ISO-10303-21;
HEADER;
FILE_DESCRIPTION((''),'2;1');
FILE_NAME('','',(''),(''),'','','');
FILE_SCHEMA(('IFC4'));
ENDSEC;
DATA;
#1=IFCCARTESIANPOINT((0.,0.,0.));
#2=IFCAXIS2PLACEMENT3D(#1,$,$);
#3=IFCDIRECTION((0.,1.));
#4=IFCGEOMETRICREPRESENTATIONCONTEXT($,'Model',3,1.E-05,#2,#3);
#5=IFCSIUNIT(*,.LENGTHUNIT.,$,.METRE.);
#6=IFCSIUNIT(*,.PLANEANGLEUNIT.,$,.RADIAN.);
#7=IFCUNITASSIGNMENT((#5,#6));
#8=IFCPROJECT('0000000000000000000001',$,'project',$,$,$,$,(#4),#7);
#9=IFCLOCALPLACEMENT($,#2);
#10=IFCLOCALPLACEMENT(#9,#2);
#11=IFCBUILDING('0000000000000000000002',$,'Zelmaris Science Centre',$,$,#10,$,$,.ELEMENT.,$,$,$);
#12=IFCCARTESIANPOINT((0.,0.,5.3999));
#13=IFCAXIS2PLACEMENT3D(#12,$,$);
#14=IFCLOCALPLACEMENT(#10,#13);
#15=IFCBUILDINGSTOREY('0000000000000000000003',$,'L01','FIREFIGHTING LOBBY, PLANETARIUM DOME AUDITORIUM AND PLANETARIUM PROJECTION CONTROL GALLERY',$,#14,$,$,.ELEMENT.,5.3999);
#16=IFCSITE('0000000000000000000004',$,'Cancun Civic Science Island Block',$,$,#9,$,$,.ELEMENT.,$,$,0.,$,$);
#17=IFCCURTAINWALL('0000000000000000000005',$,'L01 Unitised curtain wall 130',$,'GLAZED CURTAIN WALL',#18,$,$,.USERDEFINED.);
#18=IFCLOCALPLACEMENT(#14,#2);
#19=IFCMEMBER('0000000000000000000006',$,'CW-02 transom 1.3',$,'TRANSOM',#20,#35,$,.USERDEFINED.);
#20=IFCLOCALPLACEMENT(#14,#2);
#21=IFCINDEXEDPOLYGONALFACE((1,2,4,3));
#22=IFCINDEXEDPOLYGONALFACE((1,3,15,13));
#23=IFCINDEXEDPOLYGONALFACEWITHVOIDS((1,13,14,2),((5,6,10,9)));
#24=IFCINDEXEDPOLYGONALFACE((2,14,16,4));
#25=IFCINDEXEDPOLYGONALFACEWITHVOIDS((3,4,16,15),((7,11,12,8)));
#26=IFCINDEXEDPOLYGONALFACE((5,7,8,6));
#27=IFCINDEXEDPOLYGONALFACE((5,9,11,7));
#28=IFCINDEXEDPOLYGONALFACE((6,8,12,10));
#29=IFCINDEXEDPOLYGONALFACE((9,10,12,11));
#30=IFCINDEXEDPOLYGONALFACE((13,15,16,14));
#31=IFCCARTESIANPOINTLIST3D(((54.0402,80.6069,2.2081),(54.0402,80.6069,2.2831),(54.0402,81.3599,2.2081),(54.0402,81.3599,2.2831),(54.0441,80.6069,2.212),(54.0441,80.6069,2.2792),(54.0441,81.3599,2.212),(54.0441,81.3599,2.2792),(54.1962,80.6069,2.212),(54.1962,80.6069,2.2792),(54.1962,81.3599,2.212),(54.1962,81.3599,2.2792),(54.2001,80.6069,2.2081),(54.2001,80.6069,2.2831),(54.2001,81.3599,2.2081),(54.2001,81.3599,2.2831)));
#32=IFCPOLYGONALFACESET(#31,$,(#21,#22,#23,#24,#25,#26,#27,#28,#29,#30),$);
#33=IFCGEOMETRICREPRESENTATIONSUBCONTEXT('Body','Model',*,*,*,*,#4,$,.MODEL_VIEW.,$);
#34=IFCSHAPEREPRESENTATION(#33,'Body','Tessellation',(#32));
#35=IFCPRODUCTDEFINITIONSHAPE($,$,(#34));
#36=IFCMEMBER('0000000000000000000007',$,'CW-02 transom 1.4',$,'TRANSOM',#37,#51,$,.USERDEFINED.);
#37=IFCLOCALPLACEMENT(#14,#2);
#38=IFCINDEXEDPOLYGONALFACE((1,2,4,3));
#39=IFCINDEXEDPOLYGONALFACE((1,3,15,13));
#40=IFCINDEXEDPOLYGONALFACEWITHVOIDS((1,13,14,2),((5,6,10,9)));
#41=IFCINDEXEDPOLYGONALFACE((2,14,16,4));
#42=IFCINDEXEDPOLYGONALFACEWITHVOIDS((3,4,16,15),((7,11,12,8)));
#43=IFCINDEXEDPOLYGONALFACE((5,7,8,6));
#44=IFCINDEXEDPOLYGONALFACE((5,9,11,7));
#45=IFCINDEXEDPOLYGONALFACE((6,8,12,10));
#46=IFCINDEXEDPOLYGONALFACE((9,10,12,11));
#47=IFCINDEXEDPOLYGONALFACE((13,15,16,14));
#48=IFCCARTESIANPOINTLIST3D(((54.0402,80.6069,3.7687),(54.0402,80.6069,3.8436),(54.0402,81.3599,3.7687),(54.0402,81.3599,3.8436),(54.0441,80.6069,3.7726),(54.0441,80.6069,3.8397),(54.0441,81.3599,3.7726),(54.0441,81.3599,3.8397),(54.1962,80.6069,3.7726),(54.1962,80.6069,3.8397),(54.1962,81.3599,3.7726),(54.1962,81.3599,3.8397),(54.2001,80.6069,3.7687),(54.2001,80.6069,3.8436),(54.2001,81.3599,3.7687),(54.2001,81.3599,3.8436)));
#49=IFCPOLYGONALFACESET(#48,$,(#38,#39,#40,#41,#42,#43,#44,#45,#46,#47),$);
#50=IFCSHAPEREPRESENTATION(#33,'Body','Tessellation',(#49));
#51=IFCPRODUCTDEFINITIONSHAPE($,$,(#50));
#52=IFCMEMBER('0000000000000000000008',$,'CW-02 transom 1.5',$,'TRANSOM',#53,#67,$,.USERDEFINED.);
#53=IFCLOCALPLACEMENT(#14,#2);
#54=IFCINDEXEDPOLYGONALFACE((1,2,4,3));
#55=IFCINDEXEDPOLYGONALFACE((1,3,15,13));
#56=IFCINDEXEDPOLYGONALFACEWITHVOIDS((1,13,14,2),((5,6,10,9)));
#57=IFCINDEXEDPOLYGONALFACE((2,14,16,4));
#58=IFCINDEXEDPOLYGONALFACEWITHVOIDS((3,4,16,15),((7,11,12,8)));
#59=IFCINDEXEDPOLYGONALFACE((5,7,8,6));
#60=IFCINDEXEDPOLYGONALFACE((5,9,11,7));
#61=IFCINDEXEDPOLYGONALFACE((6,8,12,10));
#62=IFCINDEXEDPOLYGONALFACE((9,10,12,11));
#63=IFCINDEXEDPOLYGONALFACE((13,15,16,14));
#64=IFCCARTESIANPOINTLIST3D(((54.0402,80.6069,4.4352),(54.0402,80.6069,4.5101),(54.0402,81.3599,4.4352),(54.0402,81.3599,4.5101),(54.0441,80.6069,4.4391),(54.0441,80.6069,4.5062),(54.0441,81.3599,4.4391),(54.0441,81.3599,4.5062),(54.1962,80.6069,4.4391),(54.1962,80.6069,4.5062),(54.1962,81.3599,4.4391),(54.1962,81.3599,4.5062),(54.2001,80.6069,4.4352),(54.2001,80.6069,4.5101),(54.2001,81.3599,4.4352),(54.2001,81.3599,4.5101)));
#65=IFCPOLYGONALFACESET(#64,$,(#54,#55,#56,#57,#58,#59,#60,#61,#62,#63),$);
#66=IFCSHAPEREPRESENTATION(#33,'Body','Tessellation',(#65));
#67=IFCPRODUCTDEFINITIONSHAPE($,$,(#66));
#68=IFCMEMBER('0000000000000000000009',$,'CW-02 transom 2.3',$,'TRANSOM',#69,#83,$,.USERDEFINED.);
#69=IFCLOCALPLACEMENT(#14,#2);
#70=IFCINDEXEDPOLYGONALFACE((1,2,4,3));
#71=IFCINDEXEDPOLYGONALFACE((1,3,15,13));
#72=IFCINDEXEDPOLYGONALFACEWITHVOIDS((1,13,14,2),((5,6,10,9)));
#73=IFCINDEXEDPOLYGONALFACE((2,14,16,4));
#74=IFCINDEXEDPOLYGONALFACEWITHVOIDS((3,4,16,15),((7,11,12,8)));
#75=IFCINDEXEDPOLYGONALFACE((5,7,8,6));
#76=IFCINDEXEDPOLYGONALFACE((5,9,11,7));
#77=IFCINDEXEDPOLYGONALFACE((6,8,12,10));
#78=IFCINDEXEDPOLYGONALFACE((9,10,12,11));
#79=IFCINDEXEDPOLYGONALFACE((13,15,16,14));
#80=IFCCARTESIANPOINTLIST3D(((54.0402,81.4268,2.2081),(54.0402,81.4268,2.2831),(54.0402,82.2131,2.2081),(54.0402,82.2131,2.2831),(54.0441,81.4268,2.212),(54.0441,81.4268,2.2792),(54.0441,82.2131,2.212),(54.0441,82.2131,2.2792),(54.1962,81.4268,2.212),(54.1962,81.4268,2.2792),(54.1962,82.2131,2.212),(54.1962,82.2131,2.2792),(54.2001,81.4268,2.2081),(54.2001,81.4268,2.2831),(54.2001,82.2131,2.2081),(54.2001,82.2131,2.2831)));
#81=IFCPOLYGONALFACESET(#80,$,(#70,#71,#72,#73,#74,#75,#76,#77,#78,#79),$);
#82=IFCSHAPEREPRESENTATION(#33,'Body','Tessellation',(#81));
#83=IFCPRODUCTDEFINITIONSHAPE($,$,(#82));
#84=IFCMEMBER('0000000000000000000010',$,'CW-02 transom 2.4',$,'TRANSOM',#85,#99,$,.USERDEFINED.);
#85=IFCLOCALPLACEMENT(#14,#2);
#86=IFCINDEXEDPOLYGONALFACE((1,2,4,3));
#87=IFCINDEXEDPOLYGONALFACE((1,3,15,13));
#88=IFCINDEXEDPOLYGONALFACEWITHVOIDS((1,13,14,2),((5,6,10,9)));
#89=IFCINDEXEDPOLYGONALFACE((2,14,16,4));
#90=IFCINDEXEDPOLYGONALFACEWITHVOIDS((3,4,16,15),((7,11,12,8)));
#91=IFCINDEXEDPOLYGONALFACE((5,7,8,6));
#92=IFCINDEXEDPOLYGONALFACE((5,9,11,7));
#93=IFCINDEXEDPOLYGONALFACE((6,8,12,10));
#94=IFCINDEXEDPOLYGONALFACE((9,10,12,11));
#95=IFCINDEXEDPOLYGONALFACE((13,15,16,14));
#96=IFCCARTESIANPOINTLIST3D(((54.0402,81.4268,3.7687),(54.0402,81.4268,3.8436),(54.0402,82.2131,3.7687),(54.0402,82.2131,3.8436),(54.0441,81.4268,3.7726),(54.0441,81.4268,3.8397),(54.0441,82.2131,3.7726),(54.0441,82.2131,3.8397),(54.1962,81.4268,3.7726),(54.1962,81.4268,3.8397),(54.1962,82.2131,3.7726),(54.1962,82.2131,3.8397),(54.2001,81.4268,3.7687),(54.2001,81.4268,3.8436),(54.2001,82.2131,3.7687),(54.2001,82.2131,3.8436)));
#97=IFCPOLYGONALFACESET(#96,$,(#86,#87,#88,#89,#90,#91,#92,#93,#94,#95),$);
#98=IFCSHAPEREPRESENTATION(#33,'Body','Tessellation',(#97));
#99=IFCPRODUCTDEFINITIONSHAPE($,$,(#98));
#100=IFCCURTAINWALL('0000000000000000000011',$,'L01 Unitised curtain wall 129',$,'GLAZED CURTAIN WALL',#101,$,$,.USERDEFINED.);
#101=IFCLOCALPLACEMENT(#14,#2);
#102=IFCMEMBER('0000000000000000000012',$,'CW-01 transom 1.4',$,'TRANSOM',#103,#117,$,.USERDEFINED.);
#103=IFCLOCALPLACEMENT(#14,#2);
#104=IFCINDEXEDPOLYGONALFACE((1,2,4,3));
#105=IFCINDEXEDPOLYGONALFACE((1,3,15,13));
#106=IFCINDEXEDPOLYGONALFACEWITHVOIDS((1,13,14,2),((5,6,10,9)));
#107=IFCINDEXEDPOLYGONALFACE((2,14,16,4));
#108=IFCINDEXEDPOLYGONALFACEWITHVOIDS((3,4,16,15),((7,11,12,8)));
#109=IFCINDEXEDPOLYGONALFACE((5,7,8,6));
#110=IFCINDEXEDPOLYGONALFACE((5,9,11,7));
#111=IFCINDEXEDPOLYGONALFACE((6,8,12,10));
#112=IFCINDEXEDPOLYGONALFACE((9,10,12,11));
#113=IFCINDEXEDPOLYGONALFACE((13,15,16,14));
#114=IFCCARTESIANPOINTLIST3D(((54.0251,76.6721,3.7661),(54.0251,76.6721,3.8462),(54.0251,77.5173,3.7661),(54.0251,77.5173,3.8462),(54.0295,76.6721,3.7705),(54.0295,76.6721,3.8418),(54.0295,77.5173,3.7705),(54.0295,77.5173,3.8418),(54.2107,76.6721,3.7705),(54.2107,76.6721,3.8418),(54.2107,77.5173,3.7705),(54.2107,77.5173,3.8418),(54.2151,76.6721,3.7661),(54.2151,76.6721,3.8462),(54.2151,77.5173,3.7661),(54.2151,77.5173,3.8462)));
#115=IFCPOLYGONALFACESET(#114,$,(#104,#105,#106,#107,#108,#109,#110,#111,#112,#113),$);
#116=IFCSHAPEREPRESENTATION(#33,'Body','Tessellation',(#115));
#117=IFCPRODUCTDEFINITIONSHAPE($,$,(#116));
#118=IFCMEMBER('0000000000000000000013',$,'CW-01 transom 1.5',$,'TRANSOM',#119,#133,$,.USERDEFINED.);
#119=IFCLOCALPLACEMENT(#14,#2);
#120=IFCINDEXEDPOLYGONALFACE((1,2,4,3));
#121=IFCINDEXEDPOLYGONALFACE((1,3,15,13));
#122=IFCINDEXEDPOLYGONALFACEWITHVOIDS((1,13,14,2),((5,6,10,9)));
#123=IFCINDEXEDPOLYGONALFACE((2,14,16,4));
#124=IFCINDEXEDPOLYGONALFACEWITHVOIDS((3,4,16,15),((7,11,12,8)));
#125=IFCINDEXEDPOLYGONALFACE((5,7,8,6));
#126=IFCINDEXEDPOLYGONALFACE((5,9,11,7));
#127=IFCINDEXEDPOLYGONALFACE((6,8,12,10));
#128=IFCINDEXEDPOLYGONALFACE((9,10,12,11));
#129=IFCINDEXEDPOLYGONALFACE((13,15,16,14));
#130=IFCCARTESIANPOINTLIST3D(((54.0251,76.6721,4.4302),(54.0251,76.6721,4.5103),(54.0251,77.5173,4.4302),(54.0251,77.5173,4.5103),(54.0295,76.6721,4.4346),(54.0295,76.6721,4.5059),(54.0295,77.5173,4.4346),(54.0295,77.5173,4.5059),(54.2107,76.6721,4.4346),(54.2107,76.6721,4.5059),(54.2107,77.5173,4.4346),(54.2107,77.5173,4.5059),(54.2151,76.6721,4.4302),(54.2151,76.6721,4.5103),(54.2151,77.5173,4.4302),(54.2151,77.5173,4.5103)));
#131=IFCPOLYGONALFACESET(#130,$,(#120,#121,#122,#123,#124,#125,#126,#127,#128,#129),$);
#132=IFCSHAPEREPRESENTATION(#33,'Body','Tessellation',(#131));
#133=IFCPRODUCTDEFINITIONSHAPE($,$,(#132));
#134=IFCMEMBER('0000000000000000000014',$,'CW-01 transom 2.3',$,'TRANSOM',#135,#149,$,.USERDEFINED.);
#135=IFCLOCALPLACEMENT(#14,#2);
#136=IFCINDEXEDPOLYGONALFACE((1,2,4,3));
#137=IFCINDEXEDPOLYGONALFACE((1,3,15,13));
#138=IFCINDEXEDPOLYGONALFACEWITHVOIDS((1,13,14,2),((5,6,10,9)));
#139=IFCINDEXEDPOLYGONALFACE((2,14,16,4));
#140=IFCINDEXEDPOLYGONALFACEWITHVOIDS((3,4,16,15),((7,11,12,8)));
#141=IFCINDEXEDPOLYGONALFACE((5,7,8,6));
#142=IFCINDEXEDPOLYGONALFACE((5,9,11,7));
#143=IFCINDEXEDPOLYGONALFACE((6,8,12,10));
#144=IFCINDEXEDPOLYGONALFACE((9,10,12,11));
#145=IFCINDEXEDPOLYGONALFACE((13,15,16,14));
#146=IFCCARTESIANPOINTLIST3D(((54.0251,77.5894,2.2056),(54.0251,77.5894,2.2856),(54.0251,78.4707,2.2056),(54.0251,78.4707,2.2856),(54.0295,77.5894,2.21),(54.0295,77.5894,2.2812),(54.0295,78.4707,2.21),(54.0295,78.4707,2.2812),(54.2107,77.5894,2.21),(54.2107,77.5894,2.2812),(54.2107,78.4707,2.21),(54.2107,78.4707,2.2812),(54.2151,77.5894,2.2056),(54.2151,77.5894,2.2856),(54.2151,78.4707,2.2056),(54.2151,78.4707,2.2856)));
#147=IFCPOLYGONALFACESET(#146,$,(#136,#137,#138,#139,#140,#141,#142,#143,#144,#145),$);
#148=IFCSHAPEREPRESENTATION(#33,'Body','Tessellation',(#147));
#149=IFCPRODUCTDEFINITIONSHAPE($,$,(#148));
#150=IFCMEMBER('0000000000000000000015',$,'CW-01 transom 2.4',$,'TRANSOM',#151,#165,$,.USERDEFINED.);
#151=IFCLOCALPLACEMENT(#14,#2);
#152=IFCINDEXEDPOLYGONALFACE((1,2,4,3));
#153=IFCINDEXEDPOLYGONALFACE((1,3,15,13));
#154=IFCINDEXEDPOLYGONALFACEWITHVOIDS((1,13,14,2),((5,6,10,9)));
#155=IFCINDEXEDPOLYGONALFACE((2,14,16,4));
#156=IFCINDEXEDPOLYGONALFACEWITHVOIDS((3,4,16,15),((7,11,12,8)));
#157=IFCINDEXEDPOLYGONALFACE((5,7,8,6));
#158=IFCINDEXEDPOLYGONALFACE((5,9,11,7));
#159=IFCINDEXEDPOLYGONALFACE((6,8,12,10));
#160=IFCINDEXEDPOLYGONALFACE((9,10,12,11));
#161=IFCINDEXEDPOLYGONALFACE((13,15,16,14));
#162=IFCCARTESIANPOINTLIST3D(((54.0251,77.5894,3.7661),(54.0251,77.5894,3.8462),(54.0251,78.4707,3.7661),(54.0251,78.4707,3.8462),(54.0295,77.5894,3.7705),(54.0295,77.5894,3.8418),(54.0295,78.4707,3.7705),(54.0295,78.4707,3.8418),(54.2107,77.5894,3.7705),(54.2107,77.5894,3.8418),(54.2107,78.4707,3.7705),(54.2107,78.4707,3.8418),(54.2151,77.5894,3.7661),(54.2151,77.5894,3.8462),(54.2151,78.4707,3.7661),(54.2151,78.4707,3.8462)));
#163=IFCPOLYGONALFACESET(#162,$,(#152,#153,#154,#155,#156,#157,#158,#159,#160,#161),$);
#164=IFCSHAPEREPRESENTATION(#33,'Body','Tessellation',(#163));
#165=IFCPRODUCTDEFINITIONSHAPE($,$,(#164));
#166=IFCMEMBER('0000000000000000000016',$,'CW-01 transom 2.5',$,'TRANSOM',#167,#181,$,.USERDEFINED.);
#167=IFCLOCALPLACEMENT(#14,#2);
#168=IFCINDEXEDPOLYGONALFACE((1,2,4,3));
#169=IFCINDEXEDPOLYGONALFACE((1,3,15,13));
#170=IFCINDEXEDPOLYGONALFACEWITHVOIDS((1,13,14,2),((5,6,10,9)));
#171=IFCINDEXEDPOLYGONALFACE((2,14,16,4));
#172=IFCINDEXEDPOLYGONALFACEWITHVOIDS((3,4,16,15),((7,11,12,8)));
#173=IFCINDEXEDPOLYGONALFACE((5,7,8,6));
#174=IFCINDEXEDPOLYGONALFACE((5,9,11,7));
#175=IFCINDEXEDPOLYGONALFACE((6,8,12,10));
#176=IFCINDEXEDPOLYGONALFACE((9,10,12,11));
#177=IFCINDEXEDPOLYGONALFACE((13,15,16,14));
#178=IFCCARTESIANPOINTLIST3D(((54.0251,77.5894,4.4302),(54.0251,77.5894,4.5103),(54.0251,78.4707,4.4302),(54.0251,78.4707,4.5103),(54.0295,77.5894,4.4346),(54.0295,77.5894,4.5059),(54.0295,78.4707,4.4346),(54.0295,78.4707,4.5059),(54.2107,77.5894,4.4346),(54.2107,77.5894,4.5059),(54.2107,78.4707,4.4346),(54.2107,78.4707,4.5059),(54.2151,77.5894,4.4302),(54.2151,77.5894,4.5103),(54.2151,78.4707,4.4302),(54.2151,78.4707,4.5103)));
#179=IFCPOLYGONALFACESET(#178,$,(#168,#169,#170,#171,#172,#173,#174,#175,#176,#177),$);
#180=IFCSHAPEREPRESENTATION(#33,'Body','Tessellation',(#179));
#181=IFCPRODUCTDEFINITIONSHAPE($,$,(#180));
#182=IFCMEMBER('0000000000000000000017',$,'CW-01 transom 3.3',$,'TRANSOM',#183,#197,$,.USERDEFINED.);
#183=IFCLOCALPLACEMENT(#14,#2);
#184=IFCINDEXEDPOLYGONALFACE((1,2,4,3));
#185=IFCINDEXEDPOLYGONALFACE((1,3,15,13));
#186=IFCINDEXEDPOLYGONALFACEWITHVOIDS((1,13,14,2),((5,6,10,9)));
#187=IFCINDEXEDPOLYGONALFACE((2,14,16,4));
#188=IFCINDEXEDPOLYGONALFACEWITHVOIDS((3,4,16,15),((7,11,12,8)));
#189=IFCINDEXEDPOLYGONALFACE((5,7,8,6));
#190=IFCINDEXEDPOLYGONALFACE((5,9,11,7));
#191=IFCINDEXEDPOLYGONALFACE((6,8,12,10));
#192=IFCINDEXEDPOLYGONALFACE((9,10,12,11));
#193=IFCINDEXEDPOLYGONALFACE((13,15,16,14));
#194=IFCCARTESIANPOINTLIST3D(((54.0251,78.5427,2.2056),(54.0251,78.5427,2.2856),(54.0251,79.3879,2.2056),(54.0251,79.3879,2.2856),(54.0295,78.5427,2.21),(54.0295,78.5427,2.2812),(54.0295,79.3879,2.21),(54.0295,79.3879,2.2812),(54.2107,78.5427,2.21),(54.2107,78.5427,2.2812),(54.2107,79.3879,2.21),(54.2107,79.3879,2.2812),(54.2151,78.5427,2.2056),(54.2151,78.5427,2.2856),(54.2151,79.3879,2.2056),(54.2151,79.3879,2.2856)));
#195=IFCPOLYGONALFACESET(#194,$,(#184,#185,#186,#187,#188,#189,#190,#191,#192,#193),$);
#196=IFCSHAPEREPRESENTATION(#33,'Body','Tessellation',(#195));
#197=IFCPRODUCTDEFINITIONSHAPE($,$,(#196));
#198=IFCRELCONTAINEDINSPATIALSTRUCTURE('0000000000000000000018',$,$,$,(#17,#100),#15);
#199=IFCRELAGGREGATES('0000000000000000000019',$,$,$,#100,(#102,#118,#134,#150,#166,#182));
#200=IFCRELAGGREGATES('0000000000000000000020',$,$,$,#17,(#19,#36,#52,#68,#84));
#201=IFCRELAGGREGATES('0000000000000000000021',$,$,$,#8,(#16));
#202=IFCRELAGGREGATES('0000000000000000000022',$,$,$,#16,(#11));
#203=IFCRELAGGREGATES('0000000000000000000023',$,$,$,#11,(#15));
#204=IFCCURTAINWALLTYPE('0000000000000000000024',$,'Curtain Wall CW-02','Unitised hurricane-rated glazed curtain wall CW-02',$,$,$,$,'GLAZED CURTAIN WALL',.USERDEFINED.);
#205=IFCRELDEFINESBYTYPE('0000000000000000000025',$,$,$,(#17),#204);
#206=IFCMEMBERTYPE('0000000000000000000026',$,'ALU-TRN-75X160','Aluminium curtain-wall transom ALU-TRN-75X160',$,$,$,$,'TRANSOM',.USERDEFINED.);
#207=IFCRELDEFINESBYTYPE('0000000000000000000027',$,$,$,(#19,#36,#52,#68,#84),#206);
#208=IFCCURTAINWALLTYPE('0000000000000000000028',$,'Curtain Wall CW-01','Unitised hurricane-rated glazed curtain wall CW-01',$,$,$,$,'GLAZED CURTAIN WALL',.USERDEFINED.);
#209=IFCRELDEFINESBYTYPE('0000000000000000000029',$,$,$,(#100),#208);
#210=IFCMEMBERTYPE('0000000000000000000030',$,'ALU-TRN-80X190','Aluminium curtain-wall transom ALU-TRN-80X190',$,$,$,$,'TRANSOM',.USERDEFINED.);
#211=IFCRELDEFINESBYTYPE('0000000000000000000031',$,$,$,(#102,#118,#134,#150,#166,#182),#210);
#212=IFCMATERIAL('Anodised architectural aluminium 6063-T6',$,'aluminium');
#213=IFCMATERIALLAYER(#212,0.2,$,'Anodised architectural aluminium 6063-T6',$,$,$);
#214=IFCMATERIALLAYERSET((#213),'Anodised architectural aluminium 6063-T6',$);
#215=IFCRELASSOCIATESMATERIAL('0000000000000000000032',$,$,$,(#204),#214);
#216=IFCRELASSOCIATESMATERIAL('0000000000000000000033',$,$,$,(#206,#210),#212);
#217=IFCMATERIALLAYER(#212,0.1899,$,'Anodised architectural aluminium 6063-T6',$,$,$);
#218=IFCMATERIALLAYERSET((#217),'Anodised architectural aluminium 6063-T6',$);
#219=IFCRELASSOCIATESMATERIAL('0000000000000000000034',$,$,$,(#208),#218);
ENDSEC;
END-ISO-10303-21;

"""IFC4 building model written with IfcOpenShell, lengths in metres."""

from ifc_helpers import new_model, si_unit, direction, frame, origin, origin_2d, place, context, subcontext, project, spatial, hollow_rectangle, extrude, material, layer, layer_set, material_profile, profile_set, type_object, element, aggregate, save


model = new_model("IFC4")

# Units and contexts
model_context = context("Model", 3, precision=1e-05, world=origin(), true_north=direction((0.0, 1.0)))
body_context = subcontext(model_context, "Body", "Model", "MODEL_VIEW")
ifc_project = project(units=[si_unit("LENGTHUNIT", "METRE"), si_unit("PLANEANGLEUNIT", "RADIAN")], contexts=[model_context])

# Site, building, storey
site_placement = place(None, origin())
site = spatial("IfcSite", under=ifc_project, at=site_placement, Name="Cancun Civic Science Island Block", CompositionType="ELEMENT", RefElevation=0.0)
building_placement = place(site_placement, origin())
building = spatial("IfcBuilding", under=site, at=building_placement, Name="Zelmaris Science Centre", CompositionType="ELEMENT")
storey_placement = place(building_placement, frame((0.0, 0.0, 5.3999)))
storey = spatial("IfcBuildingStorey", under=building, at=storey_placement, Name="L01", Description="FIREFIGHTING LOBBY, PLANETARIUM DOME AUDITORIUM AND PLANETARIUM PROJECTION CONTROL GALLERY", CompositionType="ELEMENT", Elevation=5.3999)

# Curtain wall, members
ifc_material_1 = material(Name="Anodised architectural aluminium 6063-T6", Category="aluminium")
ifc_layer_1 = layer(ifc_material_1, 0.2, Name="Anodised architectural aluminium 6063-T6")
ifc_layer_set_1 = layer_set([ifc_layer_1], Name="Anodised architectural aluminium 6063-T6")
curtain_wall_type_1 = type_object("IfcCurtainWallType", Name="Curtain Wall CW-02", Description="Unitised hurricane-rated glazed curtain wall CW-02", ElementType="GLAZED CURTAIN WALL", PredefinedType="USERDEFINED", material=ifc_layer_set_1)
curtain_wall_1_placement = place(storey_placement, origin())
curtain_wall_1 = element("IfcCurtainWall", 1, at=curtain_wall_1_placement, inside=storey, type_object=curtain_wall_type_1, Name="L01 Unitised curtain wall 130", ObjectType="GLAZED CURTAIN WALL", PredefinedType="USERDEFINED")
ifc_material_profile_1 = material_profile(ifc_material_1, hollow_rectangle(XDim=0.075, YDim=0.1599, WallThickness=0.0039, at=origin_2d()), Name="ALU-TRN-75X160")
ifc_profile_set_1 = profile_set([ifc_material_profile_1], Name="Anodised architectural aluminium 6063-T6")
member_type_1 = type_object("IfcMemberType", Name="ALU-TRN-75X160", Description="Aluminium curtain-wall transom ALU-TRN-75X160", ElementType="TRANSOM", PredefinedType="USERDEFINED", material=ifc_profile_set_1)
member_1_placement = place(storey_placement, frame((54.1201, 80.6069, 2.2456), z_axis=(0.0, 1.0, 0.0), x_axis=(0.0, 0.0, 1.0)))
member_1 = element("IfcMember", 2, at=member_1_placement, type_object=member_type_1, Name="CW-02 transom 1.3", ObjectType="TRANSOM", PredefinedType="USERDEFINED", context=body_context, shape_type="SweptSolid", body=[
    extrude(hollow_rectangle(XDim=0.075, YDim=0.1599, WallThickness=0.0039, at=origin_2d()), origin(), (0.0, 0.0, 1.0), 0.7529),
])
member_2_placement = place(storey_placement, frame((54.1201, 80.6069, 3.8062), z_axis=(0.0, 1.0, 0.0), x_axis=(0.0, 0.0, 1.0)))
member_2 = element("IfcMember", 3, at=member_2_placement, type_object=member_type_1, Name="CW-02 transom 1.4", ObjectType="TRANSOM", PredefinedType="USERDEFINED", context=body_context, shape_type="SweptSolid", body=[
    extrude(hollow_rectangle(XDim=0.075, YDim=0.1599, WallThickness=0.0039, at=origin_2d()), origin(), (0.0, 0.0, 1.0), 0.7529),
])
member_3_placement = place(storey_placement, frame((54.1201, 80.6069, 4.4727), z_axis=(0.0, 1.0, 0.0), x_axis=(0.0, 0.0, 1.0)))
member_3 = element("IfcMember", 4, at=member_3_placement, type_object=member_type_1, Name="CW-02 transom 1.5", ObjectType="TRANSOM", PredefinedType="USERDEFINED", context=body_context, shape_type="SweptSolid", body=[
    extrude(hollow_rectangle(XDim=0.075, YDim=0.1599, WallThickness=0.0039, at=origin_2d()), origin(), (0.0, 0.0, 1.0), 0.7529),
])
member_4_placement = place(storey_placement, frame((54.1201, 81.4268, 2.2456), z_axis=(0.0, 1.0, 0.0), x_axis=(0.0, 0.0, 1.0)))
member_4 = element("IfcMember", 5, at=member_4_placement, type_object=member_type_1, Name="CW-02 transom 2.3", ObjectType="TRANSOM", PredefinedType="USERDEFINED", context=body_context, shape_type="SweptSolid", body=[
    extrude(hollow_rectangle(XDim=0.075, YDim=0.1599, WallThickness=0.0039, at=origin_2d()), origin(), (0.0, 0.0, 1.0), 0.7864),
])
member_5_placement = place(storey_placement, frame((54.1201, 81.4268, 3.8062), z_axis=(0.0, 1.0, 0.0), x_axis=(0.0, 0.0, 1.0)))
member_5 = element("IfcMember", 6, at=member_5_placement, type_object=member_type_1, Name="CW-02 transom 2.4", ObjectType="TRANSOM", PredefinedType="USERDEFINED", context=body_context, shape_type="SweptSolid", body=[
    extrude(hollow_rectangle(XDim=0.075, YDim=0.1599, WallThickness=0.0039, at=origin_2d()), origin(), (0.0, 0.0, 1.0), 0.7864),
])

# Curtain wall, members
ifc_layer_2 = layer(ifc_material_1, 0.1899, Name="Anodised architectural aluminium 6063-T6")
ifc_layer_set_2 = layer_set([ifc_layer_2], Name="Anodised architectural aluminium 6063-T6")
curtain_wall_type_2 = type_object("IfcCurtainWallType", Name="Curtain Wall CW-01", Description="Unitised hurricane-rated glazed curtain wall CW-01", ElementType="GLAZED CURTAIN WALL", PredefinedType="USERDEFINED", material=ifc_layer_set_2)
curtain_wall_2_placement = place(storey_placement, origin())
curtain_wall_2 = element("IfcCurtainWall", 7, at=curtain_wall_2_placement, inside=storey, type_object=curtain_wall_type_2, Name="L01 Unitised curtain wall 129", ObjectType="GLAZED CURTAIN WALL", PredefinedType="USERDEFINED")
ifc_material_profile_2 = material_profile(ifc_material_1, hollow_rectangle(XDim=0.0801, YDim=0.1899, WallThickness=0.0044, at=origin_2d()), Name="ALU-TRN-80X190")
ifc_profile_set_2 = profile_set([ifc_material_profile_2], Name="Anodised architectural aluminium 6063-T6")
member_type_2 = type_object("IfcMemberType", Name="ALU-TRN-80X190", Description="Aluminium curtain-wall transom ALU-TRN-80X190", ElementType="TRANSOM", PredefinedType="USERDEFINED", material=ifc_profile_set_2)
member_6_placement = place(storey_placement, frame((54.1201, 76.6721, 3.8062), z_axis=(0.0, 1.0, 0.0), x_axis=(0.0, 0.0, 1.0)))
member_6 = element("IfcMember", 8, at=member_6_placement, type_object=member_type_2, Name="CW-01 transom 1.4", ObjectType="TRANSOM", PredefinedType="USERDEFINED", context=body_context, shape_type="SweptSolid", body=[
    extrude(hollow_rectangle(XDim=0.0801, YDim=0.1899, WallThickness=0.0044, at=origin_2d()), origin(), (0.0, 0.0, 1.0), 0.8452),
])
member_7_placement = place(storey_placement, frame((54.1201, 76.6721, 4.4702), z_axis=(0.0, 1.0, 0.0), x_axis=(0.0, 0.0, 1.0)))
member_7 = element("IfcMember", 9, at=member_7_placement, type_object=member_type_2, Name="CW-01 transom 1.5", ObjectType="TRANSOM", PredefinedType="USERDEFINED", context=body_context, shape_type="SweptSolid", body=[
    extrude(hollow_rectangle(XDim=0.0801, YDim=0.1899, WallThickness=0.0044, at=origin_2d()), origin(), (0.0, 0.0, 1.0), 0.8452),
])
member_8_placement = place(storey_placement, frame((54.1201, 77.5894, 2.2456), z_axis=(0.0, 1.0, 0.0), x_axis=(0.0, 0.0, 1.0)))
member_8 = element("IfcMember", 10, at=member_8_placement, type_object=member_type_2, Name="CW-01 transom 2.3", ObjectType="TRANSOM", PredefinedType="USERDEFINED", context=body_context, shape_type="SweptSolid", body=[
    extrude(hollow_rectangle(XDim=0.0801, YDim=0.1899, WallThickness=0.0044, at=origin_2d()), origin(), (0.0, 0.0, 1.0), 0.8813),
])
member_9_placement = place(storey_placement, frame((54.1201, 77.5894, 3.8062), z_axis=(0.0, 1.0, 0.0), x_axis=(0.0, 0.0, 1.0)))
member_9 = element("IfcMember", 11, at=member_9_placement, type_object=member_type_2, Name="CW-01 transom 2.4", ObjectType="TRANSOM", PredefinedType="USERDEFINED", context=body_context, shape_type="SweptSolid", body=[
    extrude(hollow_rectangle(XDim=0.0801, YDim=0.1899, WallThickness=0.0044, at=origin_2d()), origin(), (0.0, 0.0, 1.0), 0.8813),
])
member_10_placement = place(storey_placement, frame((54.1201, 77.5894, 4.4702), z_axis=(0.0, 1.0, 0.0), x_axis=(0.0, 0.0, 1.0)))
member_10 = element("IfcMember", 12, at=member_10_placement, type_object=member_type_2, Name="CW-01 transom 2.5", ObjectType="TRANSOM", PredefinedType="USERDEFINED", context=body_context, shape_type="SweptSolid", body=[
    extrude(hollow_rectangle(XDim=0.0801, YDim=0.1899, WallThickness=0.0044, at=origin_2d()), origin(), (0.0, 0.0, 1.0), 0.8813),
])
member_11_placement = place(storey_placement, frame((54.1201, 78.5427, 2.2456), z_axis=(0.0, 1.0, 0.0), x_axis=(0.0, 0.0, 1.0)))
member_11 = element("IfcMember", 13, at=member_11_placement, type_object=member_type_2, Name="CW-01 transom 3.3", ObjectType="TRANSOM", PredefinedType="USERDEFINED", context=body_context, shape_type="SweptSolid", body=[
    extrude(hollow_rectangle(XDim=0.0801, YDim=0.1899, WallThickness=0.0044, at=origin_2d()), origin(), (0.0, 0.0, 1.0), 0.8452),
])
aggregate(curtain_wall_2, [member_6, member_7, member_8, member_9, member_10, member_11])

aggregate(curtain_wall_1, [member_1, member_2, member_3, member_4, member_5])

save(model, "model.ifc")
